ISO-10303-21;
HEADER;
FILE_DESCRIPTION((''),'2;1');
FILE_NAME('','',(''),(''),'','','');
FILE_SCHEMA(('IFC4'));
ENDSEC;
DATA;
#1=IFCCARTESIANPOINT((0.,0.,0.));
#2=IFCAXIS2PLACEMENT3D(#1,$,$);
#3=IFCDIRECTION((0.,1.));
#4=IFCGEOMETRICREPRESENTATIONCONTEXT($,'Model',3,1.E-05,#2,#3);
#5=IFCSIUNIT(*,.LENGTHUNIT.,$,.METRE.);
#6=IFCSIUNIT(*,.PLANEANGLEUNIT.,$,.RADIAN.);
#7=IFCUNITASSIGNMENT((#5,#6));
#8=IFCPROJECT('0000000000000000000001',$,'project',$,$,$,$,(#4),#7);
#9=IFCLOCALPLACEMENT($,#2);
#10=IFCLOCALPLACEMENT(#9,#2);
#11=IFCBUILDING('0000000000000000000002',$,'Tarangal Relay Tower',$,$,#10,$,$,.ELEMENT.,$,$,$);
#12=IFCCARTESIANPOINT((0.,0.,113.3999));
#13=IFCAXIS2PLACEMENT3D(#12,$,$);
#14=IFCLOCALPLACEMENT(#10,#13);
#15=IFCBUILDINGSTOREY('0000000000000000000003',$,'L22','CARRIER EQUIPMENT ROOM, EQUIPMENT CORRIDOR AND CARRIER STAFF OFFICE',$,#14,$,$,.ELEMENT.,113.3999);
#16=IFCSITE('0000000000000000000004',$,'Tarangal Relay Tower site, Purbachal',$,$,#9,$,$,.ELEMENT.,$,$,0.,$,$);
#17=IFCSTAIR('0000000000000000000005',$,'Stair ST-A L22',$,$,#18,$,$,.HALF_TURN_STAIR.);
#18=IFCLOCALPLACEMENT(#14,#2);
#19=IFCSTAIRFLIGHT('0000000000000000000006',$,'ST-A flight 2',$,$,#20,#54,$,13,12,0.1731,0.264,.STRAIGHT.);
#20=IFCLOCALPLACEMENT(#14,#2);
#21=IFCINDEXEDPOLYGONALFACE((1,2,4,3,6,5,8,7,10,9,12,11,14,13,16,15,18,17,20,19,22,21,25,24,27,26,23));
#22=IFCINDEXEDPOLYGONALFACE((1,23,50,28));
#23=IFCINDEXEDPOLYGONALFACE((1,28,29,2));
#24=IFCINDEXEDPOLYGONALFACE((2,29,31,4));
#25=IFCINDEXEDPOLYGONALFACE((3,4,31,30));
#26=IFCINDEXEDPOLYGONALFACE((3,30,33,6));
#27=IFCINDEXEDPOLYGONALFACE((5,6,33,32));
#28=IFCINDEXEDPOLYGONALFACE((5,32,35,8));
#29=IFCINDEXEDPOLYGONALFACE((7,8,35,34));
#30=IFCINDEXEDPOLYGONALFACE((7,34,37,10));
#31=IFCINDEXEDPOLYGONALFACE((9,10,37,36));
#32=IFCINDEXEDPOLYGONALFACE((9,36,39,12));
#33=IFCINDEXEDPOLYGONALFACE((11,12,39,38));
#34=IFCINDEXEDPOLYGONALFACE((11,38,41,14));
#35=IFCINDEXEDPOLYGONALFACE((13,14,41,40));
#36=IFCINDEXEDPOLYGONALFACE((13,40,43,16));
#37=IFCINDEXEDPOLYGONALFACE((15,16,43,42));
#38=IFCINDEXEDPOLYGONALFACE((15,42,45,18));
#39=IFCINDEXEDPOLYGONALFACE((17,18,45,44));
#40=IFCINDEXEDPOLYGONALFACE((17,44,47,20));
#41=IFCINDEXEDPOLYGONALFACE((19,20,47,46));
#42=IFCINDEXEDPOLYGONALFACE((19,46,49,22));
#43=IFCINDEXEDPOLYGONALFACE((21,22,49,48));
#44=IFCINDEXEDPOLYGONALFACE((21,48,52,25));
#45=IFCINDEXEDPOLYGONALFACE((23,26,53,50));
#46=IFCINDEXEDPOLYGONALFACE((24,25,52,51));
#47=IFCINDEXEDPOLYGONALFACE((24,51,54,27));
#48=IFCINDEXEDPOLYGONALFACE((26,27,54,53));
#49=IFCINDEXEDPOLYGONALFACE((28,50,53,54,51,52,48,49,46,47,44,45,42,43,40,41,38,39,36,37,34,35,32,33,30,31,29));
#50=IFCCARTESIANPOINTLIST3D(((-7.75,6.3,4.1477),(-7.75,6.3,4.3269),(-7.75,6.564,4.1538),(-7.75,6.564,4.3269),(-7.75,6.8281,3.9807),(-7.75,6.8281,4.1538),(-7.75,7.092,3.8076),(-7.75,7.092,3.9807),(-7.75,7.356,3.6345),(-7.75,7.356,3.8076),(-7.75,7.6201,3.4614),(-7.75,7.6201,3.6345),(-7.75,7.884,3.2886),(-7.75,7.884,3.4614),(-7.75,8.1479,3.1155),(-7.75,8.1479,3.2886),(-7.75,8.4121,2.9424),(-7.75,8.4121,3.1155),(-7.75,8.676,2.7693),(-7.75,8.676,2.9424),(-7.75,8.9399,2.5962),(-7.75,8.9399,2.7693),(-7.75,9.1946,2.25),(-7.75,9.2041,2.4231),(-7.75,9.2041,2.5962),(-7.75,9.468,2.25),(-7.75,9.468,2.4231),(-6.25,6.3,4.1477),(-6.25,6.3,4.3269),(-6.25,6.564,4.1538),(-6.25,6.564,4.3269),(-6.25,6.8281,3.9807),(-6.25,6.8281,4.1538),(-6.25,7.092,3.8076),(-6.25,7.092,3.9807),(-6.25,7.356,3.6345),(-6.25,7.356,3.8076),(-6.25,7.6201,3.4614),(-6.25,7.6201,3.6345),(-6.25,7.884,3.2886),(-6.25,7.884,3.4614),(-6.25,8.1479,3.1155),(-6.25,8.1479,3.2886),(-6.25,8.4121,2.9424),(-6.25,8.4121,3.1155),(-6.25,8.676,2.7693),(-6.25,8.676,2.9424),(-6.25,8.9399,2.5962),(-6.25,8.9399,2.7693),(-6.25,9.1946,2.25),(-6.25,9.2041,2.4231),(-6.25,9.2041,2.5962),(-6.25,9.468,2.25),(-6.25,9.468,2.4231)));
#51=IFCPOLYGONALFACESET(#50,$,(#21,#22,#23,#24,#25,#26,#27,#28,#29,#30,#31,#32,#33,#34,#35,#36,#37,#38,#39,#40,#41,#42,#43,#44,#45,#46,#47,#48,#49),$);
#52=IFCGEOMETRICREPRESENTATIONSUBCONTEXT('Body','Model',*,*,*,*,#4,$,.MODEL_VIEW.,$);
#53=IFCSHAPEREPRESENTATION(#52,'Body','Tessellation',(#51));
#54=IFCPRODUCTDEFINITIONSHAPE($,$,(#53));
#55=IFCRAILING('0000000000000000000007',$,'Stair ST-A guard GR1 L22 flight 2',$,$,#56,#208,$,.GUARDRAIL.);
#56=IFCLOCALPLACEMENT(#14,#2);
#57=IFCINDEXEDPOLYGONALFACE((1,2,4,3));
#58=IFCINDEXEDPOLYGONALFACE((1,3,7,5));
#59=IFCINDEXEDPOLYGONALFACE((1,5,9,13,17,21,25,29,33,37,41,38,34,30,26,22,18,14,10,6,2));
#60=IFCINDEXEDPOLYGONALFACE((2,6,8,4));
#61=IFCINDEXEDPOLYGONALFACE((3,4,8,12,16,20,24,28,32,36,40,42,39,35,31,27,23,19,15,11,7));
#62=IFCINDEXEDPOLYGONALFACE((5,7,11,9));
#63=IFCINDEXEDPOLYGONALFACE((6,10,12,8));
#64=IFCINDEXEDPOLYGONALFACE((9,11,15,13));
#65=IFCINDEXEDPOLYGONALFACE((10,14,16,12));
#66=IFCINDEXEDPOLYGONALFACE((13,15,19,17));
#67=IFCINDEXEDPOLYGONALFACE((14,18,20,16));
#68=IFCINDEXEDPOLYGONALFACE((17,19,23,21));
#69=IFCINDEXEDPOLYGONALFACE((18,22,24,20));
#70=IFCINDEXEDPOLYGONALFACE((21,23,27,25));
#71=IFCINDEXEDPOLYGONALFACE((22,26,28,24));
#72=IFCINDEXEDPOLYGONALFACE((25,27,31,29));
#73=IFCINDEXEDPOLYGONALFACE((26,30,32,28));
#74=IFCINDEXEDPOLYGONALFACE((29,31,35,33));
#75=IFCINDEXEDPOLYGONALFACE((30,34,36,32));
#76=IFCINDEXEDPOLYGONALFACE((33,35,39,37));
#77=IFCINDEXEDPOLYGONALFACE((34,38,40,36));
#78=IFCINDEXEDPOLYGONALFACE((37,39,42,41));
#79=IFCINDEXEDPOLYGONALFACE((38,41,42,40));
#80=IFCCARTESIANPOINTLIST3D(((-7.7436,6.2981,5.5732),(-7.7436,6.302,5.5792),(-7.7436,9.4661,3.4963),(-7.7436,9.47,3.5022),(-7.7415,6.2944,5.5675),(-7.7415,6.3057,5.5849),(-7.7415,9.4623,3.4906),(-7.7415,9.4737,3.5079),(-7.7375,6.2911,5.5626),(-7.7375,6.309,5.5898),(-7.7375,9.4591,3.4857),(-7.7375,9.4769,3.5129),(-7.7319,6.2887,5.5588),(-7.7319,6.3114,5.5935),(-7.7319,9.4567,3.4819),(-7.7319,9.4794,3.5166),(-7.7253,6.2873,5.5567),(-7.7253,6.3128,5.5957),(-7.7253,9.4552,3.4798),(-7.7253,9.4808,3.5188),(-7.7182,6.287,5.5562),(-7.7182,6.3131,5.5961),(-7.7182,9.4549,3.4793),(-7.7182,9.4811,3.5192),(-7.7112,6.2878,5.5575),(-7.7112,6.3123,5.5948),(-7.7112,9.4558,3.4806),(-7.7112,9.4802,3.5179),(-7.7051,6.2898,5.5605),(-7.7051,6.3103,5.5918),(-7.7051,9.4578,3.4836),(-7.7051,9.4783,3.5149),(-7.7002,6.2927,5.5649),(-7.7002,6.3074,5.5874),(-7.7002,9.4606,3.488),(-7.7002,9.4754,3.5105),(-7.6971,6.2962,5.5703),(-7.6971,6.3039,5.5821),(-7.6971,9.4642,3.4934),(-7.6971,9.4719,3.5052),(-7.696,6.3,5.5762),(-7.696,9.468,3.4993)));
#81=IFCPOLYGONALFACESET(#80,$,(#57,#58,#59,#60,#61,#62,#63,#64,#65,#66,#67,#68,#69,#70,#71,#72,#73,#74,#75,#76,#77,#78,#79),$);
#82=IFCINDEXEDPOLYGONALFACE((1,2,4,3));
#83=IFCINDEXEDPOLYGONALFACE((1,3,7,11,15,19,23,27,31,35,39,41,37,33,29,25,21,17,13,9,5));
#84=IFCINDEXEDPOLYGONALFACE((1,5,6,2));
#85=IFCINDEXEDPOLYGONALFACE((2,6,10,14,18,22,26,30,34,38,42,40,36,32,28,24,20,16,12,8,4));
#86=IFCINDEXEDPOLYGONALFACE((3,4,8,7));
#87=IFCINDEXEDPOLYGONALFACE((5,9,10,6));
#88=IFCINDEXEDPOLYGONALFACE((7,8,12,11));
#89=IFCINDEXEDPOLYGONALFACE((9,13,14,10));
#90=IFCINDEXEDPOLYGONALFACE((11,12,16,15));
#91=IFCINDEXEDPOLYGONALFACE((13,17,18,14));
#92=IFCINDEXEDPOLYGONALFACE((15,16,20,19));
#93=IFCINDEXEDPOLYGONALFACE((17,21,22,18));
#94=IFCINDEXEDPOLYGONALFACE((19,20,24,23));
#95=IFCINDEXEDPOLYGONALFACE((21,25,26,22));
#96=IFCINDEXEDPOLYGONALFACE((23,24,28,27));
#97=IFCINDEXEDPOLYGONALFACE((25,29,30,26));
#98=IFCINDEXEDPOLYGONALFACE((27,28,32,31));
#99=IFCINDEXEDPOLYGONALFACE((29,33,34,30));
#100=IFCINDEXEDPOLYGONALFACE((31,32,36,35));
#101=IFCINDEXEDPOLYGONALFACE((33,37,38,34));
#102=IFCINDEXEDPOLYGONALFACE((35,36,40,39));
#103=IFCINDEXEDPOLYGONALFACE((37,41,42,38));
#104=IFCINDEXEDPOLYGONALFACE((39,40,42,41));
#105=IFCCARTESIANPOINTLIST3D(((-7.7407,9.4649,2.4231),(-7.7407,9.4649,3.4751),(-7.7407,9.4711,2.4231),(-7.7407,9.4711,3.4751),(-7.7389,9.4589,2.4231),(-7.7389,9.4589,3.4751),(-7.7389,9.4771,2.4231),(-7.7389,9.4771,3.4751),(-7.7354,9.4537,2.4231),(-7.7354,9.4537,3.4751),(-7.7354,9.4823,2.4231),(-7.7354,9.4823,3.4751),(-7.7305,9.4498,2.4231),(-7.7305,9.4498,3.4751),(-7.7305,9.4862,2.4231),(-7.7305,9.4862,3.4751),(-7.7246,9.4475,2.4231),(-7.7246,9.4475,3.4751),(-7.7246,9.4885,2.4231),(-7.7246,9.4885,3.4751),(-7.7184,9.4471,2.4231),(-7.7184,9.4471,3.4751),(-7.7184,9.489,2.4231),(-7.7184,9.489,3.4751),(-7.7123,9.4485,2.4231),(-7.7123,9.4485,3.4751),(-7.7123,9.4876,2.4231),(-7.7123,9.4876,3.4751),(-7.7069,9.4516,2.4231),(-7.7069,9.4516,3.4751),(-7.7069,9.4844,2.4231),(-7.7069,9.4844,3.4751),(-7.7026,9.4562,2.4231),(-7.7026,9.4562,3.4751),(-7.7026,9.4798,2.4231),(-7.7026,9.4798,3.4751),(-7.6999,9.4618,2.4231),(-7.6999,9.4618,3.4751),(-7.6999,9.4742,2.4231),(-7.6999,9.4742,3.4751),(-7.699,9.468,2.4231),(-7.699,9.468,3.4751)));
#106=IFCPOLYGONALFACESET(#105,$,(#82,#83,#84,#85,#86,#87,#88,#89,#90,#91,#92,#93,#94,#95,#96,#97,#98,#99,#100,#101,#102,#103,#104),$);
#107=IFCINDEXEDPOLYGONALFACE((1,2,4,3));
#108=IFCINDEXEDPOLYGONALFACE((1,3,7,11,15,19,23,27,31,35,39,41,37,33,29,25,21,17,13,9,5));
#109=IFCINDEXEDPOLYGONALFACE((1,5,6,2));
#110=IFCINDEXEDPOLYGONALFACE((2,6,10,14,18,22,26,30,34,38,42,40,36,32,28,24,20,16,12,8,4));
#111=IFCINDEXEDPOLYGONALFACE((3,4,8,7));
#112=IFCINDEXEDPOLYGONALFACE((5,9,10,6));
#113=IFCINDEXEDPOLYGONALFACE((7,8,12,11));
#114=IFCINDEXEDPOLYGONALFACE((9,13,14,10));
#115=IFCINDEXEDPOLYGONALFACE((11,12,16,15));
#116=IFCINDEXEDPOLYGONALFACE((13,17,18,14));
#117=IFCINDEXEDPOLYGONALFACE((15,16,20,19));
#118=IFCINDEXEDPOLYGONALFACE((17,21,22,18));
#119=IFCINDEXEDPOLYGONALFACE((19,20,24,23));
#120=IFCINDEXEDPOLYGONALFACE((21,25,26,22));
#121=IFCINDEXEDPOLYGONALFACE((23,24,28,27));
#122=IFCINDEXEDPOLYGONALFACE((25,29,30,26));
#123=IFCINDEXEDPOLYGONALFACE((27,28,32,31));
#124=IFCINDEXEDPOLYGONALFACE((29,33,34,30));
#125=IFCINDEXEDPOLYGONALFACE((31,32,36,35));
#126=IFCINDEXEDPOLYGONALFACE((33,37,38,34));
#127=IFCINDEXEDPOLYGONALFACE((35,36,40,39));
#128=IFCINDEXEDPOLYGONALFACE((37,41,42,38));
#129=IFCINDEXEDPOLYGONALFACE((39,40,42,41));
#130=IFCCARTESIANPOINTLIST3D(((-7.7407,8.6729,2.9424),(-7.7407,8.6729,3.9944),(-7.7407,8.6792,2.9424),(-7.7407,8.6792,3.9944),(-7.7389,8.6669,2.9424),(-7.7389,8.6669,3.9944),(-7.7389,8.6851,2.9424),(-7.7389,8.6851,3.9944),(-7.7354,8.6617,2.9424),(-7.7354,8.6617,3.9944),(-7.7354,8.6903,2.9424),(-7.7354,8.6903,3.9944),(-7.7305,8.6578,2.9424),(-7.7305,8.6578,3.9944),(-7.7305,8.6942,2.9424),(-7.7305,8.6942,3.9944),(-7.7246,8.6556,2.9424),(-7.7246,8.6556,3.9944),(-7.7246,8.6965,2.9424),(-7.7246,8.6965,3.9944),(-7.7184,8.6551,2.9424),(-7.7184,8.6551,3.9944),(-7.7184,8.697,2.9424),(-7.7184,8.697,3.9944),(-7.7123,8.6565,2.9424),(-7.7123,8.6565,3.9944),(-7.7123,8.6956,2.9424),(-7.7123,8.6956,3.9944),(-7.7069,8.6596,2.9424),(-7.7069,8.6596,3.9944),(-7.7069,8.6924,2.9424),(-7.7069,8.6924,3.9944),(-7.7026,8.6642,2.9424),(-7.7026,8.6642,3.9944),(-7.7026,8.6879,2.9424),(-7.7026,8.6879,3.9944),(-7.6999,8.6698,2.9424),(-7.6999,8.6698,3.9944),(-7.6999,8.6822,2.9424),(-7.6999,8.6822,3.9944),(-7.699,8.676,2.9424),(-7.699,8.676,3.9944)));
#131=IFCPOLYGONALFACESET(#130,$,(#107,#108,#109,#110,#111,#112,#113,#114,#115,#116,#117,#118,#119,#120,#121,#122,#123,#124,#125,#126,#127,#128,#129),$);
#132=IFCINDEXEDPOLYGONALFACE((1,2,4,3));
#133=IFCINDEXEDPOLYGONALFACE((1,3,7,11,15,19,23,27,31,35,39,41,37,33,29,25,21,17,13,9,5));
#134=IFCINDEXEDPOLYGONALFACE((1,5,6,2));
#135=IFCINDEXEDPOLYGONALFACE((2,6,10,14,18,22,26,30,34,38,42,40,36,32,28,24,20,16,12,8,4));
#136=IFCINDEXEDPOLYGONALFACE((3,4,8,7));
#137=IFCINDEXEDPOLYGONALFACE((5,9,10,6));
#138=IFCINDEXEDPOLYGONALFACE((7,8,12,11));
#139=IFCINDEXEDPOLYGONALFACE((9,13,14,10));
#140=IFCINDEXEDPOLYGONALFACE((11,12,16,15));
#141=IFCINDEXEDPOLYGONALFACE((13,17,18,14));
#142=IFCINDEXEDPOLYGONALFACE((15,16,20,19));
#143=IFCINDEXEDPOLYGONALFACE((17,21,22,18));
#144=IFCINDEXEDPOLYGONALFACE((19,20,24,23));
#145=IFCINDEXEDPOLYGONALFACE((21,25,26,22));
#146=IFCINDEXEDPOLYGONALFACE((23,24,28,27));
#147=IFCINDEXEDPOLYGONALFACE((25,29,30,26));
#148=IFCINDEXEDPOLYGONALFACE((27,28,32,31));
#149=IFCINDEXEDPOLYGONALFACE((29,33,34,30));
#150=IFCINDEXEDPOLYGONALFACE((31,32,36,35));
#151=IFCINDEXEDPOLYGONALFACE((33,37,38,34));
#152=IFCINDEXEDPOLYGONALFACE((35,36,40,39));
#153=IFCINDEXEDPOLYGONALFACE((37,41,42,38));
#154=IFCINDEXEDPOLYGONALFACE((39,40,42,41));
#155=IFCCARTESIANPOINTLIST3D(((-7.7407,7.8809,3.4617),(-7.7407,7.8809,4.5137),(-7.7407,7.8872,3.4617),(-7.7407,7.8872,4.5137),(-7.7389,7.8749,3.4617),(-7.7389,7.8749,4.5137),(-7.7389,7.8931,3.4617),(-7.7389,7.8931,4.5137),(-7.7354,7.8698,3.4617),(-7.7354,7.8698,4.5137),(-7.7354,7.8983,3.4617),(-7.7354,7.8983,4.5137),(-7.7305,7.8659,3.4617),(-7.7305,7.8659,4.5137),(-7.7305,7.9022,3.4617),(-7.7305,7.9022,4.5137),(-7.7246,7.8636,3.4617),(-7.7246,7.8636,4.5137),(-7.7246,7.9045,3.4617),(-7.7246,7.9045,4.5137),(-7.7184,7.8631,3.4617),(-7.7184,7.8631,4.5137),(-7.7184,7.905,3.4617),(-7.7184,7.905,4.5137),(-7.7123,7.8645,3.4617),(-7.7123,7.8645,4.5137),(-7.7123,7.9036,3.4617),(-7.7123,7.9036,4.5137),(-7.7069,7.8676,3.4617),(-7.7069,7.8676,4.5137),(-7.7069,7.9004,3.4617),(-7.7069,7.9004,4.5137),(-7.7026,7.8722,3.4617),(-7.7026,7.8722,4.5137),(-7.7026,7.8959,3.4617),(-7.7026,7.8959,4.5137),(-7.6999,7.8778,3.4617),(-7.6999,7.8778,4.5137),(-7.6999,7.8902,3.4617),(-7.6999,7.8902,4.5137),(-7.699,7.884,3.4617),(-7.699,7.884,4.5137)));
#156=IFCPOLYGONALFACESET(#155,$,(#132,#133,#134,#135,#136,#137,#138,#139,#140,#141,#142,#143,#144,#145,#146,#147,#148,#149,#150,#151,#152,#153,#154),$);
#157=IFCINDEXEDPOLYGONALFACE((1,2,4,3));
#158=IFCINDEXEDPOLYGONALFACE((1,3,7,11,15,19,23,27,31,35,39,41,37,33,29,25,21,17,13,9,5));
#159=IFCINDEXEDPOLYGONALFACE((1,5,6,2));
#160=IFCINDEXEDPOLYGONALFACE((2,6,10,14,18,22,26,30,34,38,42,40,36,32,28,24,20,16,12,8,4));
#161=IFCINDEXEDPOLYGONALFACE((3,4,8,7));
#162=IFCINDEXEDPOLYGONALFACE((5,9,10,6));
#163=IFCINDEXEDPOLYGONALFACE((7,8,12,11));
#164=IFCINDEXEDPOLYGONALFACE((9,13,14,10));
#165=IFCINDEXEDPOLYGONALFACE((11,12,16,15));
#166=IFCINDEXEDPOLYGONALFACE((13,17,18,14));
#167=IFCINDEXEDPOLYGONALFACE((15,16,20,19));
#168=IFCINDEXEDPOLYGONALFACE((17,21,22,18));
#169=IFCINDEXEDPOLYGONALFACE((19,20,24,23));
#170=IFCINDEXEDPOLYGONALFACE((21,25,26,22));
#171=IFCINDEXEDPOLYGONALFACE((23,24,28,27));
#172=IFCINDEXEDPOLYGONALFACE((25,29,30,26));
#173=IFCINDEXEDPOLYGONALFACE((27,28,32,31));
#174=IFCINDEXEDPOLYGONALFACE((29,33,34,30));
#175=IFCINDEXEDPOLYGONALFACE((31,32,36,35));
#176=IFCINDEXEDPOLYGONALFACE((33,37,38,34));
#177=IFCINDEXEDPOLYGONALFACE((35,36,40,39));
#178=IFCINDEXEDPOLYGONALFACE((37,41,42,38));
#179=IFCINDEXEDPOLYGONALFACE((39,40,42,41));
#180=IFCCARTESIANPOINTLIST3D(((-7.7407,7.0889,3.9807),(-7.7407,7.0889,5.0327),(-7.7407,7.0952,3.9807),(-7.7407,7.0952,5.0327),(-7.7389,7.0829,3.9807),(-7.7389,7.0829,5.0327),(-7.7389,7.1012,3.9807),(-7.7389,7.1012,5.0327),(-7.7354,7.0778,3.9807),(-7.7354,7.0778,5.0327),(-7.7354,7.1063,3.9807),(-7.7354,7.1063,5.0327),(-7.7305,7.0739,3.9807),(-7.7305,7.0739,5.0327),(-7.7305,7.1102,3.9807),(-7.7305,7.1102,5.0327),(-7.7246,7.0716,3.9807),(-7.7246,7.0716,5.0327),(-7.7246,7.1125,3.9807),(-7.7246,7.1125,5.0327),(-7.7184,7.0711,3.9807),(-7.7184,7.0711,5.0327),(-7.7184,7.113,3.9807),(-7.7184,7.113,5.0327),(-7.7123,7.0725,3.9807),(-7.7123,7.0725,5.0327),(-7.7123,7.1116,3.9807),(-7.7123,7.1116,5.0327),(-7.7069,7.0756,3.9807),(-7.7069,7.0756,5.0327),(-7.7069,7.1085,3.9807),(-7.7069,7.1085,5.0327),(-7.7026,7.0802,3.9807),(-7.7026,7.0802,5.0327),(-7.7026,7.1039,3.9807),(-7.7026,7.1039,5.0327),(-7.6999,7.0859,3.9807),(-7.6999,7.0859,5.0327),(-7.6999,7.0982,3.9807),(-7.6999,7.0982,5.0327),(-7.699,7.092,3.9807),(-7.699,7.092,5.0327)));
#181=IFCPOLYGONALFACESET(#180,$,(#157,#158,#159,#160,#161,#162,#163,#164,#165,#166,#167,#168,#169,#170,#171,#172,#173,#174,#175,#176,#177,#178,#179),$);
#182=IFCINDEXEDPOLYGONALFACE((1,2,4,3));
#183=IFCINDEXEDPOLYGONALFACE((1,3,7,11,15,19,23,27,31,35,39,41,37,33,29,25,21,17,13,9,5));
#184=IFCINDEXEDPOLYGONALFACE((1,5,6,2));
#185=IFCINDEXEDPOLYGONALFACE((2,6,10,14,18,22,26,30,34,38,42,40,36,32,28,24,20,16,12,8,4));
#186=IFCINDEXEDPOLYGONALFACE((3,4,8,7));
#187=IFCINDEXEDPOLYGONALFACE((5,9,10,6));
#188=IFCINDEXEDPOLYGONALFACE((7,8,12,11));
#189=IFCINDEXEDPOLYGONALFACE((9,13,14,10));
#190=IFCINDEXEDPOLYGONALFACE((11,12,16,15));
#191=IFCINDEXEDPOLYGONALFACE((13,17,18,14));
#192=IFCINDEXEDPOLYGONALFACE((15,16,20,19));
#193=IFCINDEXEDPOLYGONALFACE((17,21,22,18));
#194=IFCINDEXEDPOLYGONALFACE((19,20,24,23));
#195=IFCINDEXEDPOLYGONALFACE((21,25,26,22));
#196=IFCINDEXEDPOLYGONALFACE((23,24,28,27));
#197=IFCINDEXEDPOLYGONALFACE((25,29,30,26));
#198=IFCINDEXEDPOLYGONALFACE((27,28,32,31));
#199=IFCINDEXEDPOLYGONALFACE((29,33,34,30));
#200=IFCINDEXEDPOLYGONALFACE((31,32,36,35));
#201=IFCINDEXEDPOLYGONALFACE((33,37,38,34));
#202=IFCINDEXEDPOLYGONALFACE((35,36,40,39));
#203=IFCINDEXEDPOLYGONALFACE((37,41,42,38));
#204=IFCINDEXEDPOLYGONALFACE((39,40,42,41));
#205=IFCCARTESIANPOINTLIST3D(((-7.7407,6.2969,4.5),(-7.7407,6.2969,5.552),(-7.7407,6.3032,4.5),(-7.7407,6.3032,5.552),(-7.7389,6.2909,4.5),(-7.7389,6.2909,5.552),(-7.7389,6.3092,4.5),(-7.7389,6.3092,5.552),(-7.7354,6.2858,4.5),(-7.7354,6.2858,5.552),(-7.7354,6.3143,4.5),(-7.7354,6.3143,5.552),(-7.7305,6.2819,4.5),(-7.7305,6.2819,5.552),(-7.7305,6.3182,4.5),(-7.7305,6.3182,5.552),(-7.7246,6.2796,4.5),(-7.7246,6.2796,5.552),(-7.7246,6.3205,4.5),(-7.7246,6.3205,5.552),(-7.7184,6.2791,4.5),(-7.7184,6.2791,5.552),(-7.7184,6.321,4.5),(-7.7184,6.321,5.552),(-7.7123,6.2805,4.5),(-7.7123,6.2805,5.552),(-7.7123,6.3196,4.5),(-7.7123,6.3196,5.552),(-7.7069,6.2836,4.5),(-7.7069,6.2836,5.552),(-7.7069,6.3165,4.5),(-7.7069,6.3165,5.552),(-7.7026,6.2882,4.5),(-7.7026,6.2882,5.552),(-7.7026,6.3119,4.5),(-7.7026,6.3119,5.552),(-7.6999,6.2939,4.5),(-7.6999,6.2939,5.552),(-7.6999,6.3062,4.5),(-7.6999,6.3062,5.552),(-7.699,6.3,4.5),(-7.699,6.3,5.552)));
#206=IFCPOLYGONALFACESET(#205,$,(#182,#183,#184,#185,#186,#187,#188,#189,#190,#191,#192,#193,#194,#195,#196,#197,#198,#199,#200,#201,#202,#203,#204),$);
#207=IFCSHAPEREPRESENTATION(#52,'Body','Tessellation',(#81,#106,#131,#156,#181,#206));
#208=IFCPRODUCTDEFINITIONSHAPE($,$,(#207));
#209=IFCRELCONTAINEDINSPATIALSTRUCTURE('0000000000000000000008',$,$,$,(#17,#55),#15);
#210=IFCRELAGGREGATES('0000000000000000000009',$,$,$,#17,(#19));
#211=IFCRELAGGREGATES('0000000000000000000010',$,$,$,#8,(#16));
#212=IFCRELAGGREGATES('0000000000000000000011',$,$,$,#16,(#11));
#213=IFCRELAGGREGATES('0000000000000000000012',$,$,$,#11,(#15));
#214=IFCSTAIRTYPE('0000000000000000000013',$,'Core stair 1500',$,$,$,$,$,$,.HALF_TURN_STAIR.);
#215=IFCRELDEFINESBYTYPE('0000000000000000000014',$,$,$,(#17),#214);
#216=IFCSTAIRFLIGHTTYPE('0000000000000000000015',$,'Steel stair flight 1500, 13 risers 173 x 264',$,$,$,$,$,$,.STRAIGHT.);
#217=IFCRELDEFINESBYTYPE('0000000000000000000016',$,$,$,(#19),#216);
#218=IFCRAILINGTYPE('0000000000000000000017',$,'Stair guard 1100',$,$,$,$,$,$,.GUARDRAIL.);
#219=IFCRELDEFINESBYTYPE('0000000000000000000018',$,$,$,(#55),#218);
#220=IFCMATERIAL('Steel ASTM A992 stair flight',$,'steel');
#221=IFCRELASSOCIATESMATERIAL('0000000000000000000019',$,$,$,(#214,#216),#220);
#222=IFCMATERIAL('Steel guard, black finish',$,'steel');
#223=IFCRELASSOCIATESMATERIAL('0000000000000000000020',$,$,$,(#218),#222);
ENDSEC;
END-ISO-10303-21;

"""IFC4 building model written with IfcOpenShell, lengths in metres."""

from ifc_helpers import new_model, si_unit, direction, frame, origin, origin_2d, place, context, subcontext, project, spatial, polyline, circle, outline, extrude, material, type_object, element, aggregate, save


model = new_model("IFC4")

# Units and contexts
model_context = context("Model", 3, precision=1e-05, world=origin(), true_north=direction((0.0, 1.0)))
body_context = subcontext(model_context, "Body", "Model", "MODEL_VIEW")
ifc_project = project(units=[si_unit("LENGTHUNIT", "METRE"), si_unit("PLANEANGLEUNIT", "RADIAN")], contexts=[model_context])

# Site, building, storey
site_placement = place(None, origin())
site = spatial("IfcSite", under=ifc_project, at=site_placement, Name="Tarangal Relay Tower site, Purbachal", CompositionType="ELEMENT", RefElevation=0.0)
building_placement = place(site_placement, origin())
building = spatial("IfcBuilding", under=site, at=building_placement, Name="Tarangal Relay Tower", CompositionType="ELEMENT")
storey_placement = place(building_placement, frame((0.0, 0.0, 113.3999)))
storey = spatial("IfcBuildingStorey", under=building, at=storey_placement, Name="L22", Description="CARRIER EQUIPMENT ROOM, EQUIPMENT CORRIDOR AND CARRIER STAFF OFFICE", CompositionType="ELEMENT", Elevation=113.3999)

# Stair, stair flight
ifc_material_1 = material(Name="Steel ASTM A992 stair flight", Category="steel")
stair_type = type_object("IfcStairType", Name="Core stair 1500", PredefinedType="HALF_TURN_STAIR", material=ifc_material_1)
stair_placement = place(storey_placement, origin())
stair = element("IfcStair", 1, at=stair_placement, inside=storey, type_object=stair_type, Name="Stair ST-A L22", PredefinedType="HALF_TURN_STAIR")
stair_flight_type = type_object("IfcStairFlightType", Name="Steel stair flight 1500, 13 risers 173 x 264", PredefinedType="STRAIGHT", material=ifc_material_1)
stair_flight_placement = place(storey_placement, frame((-7.0, 9.468, 2.25), z_axis=(0.0, 0.0, 1.0), x_axis=(0.0, -1.0, 0.0)))
stair_flight = element("IfcStairFlight", 2, at=stair_flight_placement, type_object=stair_flight_type, Name="ST-A flight 2", NumberOfRisers=13, NumberOfTreads=12, PredefinedType="STRAIGHT", RiserHeight=0.1731, TreadLength=0.264, context=body_context, shape_type="SweptSolid", body=[
    extrude(outline(polyline([(0.0, 0.0), (0.0, 0.1731), (0.2639, 0.1731), (0.2639, 0.3462), (0.5281, 0.3462), (0.5281, 0.5193), (0.792, 0.5193), (0.792, 0.6924), (1.0559, 0.6924), (1.0559, 0.8655), (1.3201, 0.8655), (1.3201, 1.0386), (1.584, 1.0386), (1.584, 1.2114), (1.8479, 1.2114), (1.8479, 1.3845), (2.1121, 1.3845), (2.1121, 1.5576), (2.376, 1.5576), (2.376, 1.7307), (2.6399, 1.7307), (2.6399, 1.9038), (2.9041, 1.9038), (2.9041, 2.0769), (3.168, 2.0769), (3.168, 2.25), (3.168, 1.8977), (0.2734, 0.0), (0.0, 0.0)])), frame((0.0, 0.75, 0.0), z_axis=(0.0, -1.0, 0.0), x_axis=(1.0, 0.0, 0.0)), (0.0, 0.0, 1.0), 1.5),
])
aggregate(stair, [stair_flight])

# Railing
ifc_material_2 = material(Name="Steel guard, black finish", Category="steel")
railing_type_1 = type_object("IfcRailingType", Name="Stair guard 1100", PredefinedType="GUARDRAIL", material=ifc_material_2)
railing_1_placement = place(storey_placement, frame((-7.72, 9.468, 2.4231)))
element("IfcRailing", 3, at=railing_1_placement, inside=storey, type_object=railing_type_1, Name="Stair ST-A guard GR1 L22 flight 2", PredefinedType="GUARDRAIL", context=body_context, shape_type="SweptSolid", body=[
    extrude(circle(Radius=0.0239, at=origin_2d()), frame((0.0, 0.0, 1.0762), z_axis=(0.0, -0.836299, 0.548273), x_axis=(1.0, 0.0, 0.0)), (0.0, 0.0, 1.0), 3.7881),
    extrude(circle(Radius=0.021, at=origin_2d()), origin(), (0.0, 0.0, 1.0), 1.052),
    extrude(circle(Radius=0.021, at=origin_2d()), frame((0.0, -0.792, 0.5193)), (0.0, 0.0, 1.0), 1.052),
    extrude(circle(Radius=0.021, at=origin_2d()), frame((0.0, -1.584, 1.0386)), (0.0, 0.0, 1.0), 1.052),
    extrude(circle(Radius=0.021, at=origin_2d()), frame((0.0, -2.376, 1.5576)), (0.0, 0.0, 1.0), 1.052),
    extrude(circle(Radius=0.021, at=origin_2d()), frame((0.0, -3.168, 2.0769)), (0.0, 0.0, 1.0), 1.052),
])

save(model, "model.ifc")
